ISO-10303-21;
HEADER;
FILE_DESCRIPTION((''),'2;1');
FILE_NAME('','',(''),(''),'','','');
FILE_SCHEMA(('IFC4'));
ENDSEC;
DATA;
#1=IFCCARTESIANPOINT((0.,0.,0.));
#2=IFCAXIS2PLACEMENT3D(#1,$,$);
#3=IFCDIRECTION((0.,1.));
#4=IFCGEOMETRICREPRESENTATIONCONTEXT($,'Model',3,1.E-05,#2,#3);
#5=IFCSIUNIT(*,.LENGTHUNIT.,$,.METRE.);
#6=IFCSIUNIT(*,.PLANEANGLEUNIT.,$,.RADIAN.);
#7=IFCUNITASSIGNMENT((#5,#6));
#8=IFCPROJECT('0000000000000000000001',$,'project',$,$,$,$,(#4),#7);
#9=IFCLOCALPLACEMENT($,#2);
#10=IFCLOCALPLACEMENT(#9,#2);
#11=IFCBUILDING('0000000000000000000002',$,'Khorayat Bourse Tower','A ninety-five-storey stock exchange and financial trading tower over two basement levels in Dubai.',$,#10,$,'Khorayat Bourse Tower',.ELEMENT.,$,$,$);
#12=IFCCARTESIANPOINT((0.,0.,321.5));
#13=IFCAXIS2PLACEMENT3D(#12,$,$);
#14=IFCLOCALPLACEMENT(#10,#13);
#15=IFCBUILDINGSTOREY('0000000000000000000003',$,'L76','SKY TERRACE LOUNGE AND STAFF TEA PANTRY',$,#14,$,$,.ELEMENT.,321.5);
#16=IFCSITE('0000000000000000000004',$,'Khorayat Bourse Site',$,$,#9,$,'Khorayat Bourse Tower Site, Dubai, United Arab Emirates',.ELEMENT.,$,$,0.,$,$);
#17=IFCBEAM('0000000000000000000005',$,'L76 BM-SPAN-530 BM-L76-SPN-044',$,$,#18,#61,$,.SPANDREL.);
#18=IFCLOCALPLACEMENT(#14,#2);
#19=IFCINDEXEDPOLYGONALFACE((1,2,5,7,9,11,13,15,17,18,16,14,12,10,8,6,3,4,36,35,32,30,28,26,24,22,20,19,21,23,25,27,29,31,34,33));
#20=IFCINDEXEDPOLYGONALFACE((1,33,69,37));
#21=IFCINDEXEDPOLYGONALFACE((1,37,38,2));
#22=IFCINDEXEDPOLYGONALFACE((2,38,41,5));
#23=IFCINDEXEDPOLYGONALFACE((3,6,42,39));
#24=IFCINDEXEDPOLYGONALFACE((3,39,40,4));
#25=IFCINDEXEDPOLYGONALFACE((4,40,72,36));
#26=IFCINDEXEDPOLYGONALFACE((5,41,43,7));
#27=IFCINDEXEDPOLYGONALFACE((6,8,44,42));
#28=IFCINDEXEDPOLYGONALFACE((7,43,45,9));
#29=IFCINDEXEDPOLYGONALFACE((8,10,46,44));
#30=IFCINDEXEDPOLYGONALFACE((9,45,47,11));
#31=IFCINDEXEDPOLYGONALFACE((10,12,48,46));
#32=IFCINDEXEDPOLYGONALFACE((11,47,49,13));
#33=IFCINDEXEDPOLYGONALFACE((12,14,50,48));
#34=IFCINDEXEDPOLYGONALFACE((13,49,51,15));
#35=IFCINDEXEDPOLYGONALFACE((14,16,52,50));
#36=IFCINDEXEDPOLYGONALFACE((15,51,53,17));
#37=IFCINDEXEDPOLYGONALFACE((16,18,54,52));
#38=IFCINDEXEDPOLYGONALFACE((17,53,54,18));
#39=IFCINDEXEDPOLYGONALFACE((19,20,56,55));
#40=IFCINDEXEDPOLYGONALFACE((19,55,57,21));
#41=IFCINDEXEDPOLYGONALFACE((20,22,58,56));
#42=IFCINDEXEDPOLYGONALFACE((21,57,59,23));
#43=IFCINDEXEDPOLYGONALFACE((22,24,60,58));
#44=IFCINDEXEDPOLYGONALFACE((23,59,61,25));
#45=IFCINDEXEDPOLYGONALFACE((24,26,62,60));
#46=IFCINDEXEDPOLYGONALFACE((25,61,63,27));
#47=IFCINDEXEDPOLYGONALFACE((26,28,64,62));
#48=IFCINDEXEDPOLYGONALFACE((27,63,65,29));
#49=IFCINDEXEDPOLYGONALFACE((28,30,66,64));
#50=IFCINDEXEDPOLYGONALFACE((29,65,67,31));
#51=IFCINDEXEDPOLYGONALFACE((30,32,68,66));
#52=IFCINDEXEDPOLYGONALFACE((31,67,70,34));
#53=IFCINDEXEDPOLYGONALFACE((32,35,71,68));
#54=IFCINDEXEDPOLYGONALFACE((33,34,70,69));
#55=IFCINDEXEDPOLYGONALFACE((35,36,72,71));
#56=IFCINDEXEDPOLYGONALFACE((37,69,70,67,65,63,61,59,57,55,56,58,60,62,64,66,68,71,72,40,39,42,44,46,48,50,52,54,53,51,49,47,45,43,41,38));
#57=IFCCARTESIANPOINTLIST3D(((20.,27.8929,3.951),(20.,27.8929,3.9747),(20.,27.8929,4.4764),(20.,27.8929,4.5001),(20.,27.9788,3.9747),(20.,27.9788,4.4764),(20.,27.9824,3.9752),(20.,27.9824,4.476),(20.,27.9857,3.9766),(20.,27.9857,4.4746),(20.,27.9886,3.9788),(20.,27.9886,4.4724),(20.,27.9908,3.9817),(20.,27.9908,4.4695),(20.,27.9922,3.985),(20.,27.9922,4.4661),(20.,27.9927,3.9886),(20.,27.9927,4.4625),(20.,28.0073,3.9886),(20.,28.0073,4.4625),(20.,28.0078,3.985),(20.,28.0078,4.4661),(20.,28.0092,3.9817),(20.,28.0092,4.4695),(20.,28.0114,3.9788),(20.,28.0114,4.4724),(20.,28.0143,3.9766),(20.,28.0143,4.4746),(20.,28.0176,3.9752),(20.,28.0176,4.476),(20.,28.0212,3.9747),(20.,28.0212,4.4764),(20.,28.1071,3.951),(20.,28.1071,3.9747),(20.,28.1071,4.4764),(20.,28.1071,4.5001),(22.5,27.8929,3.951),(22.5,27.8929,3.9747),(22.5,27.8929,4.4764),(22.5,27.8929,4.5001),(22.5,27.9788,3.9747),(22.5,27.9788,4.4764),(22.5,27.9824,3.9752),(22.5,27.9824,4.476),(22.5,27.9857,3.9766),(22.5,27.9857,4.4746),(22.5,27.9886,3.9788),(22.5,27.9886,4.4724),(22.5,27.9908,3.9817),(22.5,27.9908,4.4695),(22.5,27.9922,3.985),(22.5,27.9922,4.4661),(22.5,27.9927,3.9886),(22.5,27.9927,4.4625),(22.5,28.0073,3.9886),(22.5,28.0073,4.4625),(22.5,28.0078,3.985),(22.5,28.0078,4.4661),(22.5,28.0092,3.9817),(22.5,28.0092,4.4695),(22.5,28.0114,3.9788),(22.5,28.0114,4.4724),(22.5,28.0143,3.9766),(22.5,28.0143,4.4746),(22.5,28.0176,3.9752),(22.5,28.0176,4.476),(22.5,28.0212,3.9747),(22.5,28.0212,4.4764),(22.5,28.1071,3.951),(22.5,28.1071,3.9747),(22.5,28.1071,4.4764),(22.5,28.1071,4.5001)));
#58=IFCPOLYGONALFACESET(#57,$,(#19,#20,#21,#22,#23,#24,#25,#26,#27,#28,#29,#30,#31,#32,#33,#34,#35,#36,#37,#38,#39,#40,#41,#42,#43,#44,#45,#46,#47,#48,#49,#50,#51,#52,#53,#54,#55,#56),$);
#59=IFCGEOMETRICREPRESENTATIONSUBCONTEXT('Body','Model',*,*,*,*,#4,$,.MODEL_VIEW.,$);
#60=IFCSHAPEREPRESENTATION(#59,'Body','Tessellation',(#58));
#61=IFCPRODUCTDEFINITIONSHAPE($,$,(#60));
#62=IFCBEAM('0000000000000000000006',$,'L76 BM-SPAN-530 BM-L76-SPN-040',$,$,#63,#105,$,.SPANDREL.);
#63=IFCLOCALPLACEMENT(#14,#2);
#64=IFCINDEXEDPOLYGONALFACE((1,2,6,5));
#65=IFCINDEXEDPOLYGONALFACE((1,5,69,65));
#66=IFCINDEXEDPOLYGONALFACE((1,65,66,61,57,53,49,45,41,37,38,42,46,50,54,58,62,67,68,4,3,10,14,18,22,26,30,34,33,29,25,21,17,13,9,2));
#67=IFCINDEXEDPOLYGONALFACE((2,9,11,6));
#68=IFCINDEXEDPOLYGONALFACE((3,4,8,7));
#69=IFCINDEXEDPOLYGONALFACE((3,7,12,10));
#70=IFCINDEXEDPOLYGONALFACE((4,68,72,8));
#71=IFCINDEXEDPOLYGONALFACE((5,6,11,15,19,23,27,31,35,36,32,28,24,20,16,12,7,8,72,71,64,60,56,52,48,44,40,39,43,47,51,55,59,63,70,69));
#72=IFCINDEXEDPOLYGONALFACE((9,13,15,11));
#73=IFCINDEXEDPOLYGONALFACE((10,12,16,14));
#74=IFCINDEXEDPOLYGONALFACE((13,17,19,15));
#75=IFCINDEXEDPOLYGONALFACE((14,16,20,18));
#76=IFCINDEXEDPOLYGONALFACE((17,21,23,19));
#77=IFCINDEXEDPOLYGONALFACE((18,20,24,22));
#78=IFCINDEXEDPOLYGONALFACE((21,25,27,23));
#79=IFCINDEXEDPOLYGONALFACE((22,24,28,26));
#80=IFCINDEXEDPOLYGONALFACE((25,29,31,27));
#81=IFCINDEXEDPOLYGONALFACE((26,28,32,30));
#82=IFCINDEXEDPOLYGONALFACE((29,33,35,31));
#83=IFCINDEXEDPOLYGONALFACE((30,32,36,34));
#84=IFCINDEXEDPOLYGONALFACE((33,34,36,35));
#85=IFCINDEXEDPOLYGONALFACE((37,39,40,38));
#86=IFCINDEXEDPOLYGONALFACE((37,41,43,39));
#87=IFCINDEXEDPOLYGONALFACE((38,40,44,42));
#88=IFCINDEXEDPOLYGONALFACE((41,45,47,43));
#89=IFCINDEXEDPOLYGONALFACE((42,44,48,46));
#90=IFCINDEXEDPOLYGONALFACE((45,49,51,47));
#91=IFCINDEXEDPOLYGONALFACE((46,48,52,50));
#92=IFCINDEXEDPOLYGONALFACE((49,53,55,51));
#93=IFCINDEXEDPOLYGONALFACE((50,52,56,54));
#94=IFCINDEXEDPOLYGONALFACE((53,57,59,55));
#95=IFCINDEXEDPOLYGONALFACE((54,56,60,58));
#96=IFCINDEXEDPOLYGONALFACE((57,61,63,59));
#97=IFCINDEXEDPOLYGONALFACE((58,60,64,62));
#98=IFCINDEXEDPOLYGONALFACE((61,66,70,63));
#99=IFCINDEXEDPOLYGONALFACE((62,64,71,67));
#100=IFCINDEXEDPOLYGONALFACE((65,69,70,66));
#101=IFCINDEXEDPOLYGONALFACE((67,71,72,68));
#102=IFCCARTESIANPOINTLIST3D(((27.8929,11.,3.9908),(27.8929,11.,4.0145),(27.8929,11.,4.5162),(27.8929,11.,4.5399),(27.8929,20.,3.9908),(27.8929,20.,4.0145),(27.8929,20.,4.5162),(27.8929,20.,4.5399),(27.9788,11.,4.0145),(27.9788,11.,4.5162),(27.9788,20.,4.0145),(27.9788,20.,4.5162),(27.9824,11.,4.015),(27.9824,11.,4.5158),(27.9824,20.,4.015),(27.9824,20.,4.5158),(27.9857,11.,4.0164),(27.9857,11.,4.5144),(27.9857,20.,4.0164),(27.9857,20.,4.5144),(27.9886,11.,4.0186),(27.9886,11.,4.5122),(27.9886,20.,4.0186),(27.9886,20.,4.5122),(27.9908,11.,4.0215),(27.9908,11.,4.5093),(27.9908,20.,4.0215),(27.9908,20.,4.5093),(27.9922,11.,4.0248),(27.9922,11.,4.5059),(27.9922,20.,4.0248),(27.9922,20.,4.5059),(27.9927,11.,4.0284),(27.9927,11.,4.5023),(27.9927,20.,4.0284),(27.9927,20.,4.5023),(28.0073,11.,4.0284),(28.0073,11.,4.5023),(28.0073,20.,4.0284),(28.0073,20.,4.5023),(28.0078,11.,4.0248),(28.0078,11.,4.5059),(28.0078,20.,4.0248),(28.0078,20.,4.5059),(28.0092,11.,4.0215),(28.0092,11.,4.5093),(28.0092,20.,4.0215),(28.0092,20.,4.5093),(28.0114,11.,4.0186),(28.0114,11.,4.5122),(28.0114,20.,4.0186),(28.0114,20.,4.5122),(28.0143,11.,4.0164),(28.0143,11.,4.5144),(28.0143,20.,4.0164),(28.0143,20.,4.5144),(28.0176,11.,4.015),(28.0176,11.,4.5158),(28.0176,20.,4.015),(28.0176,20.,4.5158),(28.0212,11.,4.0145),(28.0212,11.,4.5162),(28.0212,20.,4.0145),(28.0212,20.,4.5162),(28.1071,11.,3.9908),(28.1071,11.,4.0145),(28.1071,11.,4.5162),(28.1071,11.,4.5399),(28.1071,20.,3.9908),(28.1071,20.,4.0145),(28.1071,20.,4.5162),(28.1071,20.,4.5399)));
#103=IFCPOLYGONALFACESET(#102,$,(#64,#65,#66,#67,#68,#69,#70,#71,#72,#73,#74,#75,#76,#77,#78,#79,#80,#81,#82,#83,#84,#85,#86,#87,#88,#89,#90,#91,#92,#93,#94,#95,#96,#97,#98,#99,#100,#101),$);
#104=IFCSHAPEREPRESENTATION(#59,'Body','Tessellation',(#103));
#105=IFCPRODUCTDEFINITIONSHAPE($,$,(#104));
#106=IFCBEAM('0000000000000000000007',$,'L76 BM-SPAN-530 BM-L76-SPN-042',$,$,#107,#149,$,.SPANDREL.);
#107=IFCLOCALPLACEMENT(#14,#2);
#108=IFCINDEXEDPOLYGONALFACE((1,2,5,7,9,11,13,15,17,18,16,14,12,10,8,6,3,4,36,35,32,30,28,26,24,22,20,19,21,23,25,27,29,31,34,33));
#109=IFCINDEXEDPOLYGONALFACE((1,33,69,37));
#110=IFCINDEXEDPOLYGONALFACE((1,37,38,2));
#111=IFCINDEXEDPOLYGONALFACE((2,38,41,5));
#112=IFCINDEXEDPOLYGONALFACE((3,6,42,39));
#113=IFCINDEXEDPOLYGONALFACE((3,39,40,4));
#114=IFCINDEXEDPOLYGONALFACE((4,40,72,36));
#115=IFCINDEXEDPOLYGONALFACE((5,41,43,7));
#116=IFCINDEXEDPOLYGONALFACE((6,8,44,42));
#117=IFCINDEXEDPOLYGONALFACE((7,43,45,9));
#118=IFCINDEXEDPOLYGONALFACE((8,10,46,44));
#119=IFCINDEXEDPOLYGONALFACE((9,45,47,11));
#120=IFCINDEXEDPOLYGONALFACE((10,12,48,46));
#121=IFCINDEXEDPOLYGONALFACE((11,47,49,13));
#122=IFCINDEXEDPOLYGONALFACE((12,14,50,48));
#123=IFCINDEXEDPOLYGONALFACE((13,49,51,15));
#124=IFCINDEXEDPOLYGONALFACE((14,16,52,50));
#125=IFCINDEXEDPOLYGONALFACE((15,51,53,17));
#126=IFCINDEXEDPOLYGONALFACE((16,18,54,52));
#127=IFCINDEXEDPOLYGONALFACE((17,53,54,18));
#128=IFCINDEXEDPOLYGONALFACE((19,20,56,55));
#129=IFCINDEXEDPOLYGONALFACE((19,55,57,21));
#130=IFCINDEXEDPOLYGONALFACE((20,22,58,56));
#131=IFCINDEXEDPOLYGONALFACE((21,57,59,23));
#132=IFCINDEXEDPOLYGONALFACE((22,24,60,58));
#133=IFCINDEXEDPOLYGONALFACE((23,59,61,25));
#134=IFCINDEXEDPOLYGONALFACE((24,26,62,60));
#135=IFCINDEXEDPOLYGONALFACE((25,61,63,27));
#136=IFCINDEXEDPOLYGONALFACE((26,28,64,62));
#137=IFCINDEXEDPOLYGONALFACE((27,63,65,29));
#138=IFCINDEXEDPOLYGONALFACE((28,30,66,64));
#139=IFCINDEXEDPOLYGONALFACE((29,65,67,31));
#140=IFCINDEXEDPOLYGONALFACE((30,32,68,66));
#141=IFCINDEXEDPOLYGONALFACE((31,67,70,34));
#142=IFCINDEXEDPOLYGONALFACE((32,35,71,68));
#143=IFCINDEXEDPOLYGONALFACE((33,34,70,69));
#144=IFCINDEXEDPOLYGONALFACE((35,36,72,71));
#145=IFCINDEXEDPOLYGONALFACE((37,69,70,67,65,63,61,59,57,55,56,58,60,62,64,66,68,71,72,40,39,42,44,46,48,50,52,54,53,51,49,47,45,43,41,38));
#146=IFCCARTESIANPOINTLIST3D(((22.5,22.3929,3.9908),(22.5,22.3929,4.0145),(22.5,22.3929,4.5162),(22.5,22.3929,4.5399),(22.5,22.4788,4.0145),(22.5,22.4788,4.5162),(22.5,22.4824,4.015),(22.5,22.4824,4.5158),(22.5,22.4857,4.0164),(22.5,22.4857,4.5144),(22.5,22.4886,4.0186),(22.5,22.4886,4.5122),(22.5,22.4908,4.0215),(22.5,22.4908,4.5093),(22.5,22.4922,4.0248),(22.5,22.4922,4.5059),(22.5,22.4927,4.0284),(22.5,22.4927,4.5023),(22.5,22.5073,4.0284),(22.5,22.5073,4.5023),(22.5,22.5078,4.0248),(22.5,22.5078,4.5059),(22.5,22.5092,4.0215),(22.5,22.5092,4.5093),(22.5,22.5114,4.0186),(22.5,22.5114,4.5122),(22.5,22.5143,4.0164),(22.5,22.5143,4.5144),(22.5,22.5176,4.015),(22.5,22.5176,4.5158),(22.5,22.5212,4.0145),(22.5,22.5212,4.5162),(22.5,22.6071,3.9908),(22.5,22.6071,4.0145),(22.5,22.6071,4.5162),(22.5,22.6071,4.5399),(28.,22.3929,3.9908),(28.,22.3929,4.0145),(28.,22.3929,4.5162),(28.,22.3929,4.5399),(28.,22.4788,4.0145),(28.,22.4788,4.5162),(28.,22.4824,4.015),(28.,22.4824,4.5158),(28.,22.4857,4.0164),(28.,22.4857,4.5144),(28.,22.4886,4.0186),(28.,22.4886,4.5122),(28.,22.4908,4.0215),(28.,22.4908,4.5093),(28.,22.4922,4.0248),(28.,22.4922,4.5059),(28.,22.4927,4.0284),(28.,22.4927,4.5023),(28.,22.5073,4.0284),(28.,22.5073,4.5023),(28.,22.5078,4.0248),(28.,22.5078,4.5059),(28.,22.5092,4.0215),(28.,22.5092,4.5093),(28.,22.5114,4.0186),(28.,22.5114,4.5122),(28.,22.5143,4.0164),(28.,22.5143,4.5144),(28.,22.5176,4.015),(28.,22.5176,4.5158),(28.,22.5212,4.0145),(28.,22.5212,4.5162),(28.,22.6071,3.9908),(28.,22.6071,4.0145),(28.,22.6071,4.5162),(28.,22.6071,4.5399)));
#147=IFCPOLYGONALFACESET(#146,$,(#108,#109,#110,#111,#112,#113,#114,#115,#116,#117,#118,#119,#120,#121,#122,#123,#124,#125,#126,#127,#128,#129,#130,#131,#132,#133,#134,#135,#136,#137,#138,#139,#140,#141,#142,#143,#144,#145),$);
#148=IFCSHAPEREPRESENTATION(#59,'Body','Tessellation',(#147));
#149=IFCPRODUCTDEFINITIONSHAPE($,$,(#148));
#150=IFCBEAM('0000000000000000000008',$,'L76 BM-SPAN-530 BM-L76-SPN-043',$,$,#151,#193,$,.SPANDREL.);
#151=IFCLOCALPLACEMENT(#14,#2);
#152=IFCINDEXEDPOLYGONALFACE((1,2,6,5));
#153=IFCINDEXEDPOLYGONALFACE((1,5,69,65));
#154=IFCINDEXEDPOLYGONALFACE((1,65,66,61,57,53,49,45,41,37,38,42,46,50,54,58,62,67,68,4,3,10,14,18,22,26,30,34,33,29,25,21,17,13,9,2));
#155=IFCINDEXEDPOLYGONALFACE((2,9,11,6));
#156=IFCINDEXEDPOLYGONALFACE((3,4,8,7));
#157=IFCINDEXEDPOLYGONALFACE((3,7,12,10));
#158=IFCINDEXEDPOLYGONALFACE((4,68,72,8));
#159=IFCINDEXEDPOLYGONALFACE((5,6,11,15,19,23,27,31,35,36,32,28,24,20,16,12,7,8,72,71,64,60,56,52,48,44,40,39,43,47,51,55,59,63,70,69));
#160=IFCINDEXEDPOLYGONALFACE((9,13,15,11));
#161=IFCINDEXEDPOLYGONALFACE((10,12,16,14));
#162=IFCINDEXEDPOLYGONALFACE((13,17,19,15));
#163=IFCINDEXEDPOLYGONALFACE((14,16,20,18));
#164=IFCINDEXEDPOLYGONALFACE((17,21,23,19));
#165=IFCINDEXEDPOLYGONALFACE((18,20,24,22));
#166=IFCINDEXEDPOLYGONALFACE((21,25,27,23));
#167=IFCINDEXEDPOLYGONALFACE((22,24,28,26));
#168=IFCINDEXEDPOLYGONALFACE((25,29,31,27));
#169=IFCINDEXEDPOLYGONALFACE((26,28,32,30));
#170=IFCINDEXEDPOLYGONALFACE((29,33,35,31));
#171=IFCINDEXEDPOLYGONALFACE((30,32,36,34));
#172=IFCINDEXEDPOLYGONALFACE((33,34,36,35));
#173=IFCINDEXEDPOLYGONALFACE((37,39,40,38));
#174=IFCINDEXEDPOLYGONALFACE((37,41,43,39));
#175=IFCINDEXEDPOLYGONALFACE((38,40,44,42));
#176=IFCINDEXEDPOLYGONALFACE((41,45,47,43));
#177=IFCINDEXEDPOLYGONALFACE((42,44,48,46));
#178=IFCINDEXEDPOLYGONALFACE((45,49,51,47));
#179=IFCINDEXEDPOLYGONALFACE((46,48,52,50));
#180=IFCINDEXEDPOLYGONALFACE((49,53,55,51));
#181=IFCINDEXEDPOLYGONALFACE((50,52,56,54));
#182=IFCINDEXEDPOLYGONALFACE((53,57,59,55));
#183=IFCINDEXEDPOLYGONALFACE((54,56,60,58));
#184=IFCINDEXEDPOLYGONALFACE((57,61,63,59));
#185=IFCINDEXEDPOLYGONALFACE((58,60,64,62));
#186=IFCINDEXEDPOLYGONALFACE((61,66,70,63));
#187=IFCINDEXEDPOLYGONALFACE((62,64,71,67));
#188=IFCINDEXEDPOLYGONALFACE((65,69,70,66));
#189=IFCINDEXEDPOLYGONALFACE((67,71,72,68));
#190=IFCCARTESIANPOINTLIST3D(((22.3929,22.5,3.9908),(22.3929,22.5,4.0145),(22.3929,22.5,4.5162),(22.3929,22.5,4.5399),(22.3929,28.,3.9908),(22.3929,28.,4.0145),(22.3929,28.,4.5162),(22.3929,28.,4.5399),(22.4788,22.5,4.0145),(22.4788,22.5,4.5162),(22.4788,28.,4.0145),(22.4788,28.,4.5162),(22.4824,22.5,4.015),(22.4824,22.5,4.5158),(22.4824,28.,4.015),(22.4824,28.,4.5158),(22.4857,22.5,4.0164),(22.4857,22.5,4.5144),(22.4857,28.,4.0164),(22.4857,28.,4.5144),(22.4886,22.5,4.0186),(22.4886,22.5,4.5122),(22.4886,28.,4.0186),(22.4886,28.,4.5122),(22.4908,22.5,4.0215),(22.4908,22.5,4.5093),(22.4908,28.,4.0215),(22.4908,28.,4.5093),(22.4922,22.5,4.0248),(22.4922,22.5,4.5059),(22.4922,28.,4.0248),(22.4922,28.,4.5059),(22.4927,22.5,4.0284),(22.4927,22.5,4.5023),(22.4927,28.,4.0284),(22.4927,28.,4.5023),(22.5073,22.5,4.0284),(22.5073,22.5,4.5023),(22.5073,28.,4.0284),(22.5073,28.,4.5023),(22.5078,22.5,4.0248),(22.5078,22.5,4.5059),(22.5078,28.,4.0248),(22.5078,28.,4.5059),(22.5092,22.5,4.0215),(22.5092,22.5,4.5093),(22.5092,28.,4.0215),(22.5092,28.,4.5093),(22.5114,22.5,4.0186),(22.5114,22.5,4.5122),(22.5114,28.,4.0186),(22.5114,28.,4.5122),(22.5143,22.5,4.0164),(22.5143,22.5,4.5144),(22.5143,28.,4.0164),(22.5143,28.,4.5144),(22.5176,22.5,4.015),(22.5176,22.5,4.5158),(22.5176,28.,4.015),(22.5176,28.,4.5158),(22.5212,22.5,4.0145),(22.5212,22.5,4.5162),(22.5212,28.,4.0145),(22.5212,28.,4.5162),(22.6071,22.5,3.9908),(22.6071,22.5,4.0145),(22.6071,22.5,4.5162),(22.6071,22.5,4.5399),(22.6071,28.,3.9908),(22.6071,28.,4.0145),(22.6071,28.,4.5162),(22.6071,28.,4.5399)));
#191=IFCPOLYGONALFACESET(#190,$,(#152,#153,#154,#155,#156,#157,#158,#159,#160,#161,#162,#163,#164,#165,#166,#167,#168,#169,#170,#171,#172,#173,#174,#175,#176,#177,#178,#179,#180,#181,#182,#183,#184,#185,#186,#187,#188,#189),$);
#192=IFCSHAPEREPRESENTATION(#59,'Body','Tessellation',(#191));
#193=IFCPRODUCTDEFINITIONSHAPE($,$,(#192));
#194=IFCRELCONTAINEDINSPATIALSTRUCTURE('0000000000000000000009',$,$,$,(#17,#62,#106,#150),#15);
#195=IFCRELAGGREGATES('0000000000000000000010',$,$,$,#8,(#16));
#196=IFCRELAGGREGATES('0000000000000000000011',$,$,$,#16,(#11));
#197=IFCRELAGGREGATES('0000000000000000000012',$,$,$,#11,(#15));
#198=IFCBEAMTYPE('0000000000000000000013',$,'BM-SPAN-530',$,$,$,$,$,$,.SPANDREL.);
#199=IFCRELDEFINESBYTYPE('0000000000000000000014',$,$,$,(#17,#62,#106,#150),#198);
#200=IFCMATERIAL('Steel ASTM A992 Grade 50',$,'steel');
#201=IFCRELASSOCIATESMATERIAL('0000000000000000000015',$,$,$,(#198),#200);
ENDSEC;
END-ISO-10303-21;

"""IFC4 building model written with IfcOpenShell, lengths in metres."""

from ifc_helpers import new_model, si_unit, direction, frame, origin, origin_2d, place, context, subcontext, project, spatial, i_section, extrude, source, transform, mapped, material, material_profile, profile_set, type_object, element, save


model = new_model("IFC4")

# Units and contexts
model_context = context("Model", 3, precision=1e-05, world=origin(), true_north=direction((0.0, 1.0)))
body_context = subcontext(model_context, "Body", "Model", "MODEL_VIEW")
ifc_project = project(units=[si_unit("LENGTHUNIT", "METRE"), si_unit("PLANEANGLEUNIT", "RADIAN")], contexts=[model_context])

# Site, building, storey
site_placement = place(None, origin())
site = spatial("IfcSite", under=ifc_project, at=site_placement, Name="Khorayat Bourse Site", LongName="Khorayat Bourse Tower Site, Dubai, United Arab Emirates", CompositionType="ELEMENT", RefElevation=0.0)
building_placement = place(site_placement, origin())
building = spatial("IfcBuilding", under=site, at=building_placement, Name="Khorayat Bourse Tower", Description="A ninety-five-storey stock exchange and financial trading tower over two basement levels in Dubai.", LongName="Khorayat Bourse Tower", CompositionType="ELEMENT")
storey_placement = place(building_placement, frame((0.0, 0.0, 321.5)))
storey = spatial("IfcBuildingStorey", under=building, at=storey_placement, Name="L76", Description="SKY TERRACE LOUNGE AND STAFF TEA PANTRY", CompositionType="ELEMENT", Elevation=321.5)

# Beams
ifc_material_1 = material(Name="Steel ASTM A992 Grade 50", Category="steel")
ifc_material_profile_1 = material_profile(ifc_material_1, i_section(OverallWidth=0.2141, OverallDepth=0.5491, WebThickness=0.0146, FlangeThickness=0.0237, FilletRadius=0.0139, at=origin_2d()), Name="W530X138")
ifc_profile_set_1 = profile_set([ifc_material_profile_1], Name="Steel ASTM A992 Grade 50")
beam_type_1 = type_object("IfcBeamType", Name="BM-SPAN-530", PredefinedType="SPANDREL", material=ifc_profile_set_1)
shared_shape_1 = source(origin(), body_context, "Body", "SweptSolid", [
    extrude(i_section(OverallWidth=0.2141, OverallDepth=0.5491, WebThickness=0.0146, FlangeThickness=0.0237, FilletRadius=0.0139, at=origin_2d()), origin(), (0.0, 0.0, 1.0), 2.5),
])
for number, where, z_axis, x_axis, name in (
    (1, (20.0, 28.0, 4.2256), (1.0, 0.0, 0.0), (0.0, 1.0, 0.0), "L76 BM-SPAN-530 BM-L76-SPN-044"),
):
    element("IfcBeam", number, at=place(storey_placement, frame(where, z_axis=z_axis, x_axis=x_axis)), inside=storey, type_object=beam_type_1, Name=name, PredefinedType="SPANDREL", context=body_context, shape_type="MappedRepresentation", body=[
        mapped(shared_shape_1, transform((0.0, 0.0, 0.0), scale=1.0)),
    ])
shared_shape_2 = source(origin(), body_context, "Body", "SweptSolid", [
    extrude(i_section(OverallWidth=0.2141, OverallDepth=0.5491, WebThickness=0.0146, FlangeThickness=0.0237, FilletRadius=0.0139, at=origin_2d()), origin(), (0.0, 0.0, 1.0), 9.0),
])
beam_1_placement = place(storey_placement, frame((28.0, 11.0, 4.2654), z_axis=(0.0, 1.0, 0.0), x_axis=(-1.0, 0.0, 0.0)))
element("IfcBeam", 2, at=beam_1_placement, inside=storey, type_object=beam_type_1, Name="L76 BM-SPAN-530 BM-L76-SPN-040", PredefinedType="SPANDREL", context=body_context, shape_type="MappedRepresentation", body=[
    mapped(shared_shape_2, transform((0.0, 0.0, 0.0), scale=1.0)),
])
shared_shape_3 = source(origin(), body_context, "Body", "SweptSolid", [
    extrude(i_section(OverallWidth=0.2141, OverallDepth=0.5491, WebThickness=0.0146, FlangeThickness=0.0237, FilletRadius=0.0139, at=origin_2d()), origin(), (0.0, 0.0, 1.0), 5.5),
])
for number, where, z_axis, x_axis, name in (
    (3, (22.5, 22.5, 4.2654), (1.0, 0.0, 0.0), (0.0, 1.0, 0.0), "L76 BM-SPAN-530 BM-L76-SPN-042"),
    (4, (22.5, 22.5, 4.2654), (0.0, 1.0, 0.0), (-1.0, 0.0, 0.0), "L76 BM-SPAN-530 BM-L76-SPN-043"),
):
    element("IfcBeam", number, at=place(storey_placement, frame(where, z_axis=z_axis, x_axis=x_axis)), inside=storey, type_object=beam_type_1, Name=name, PredefinedType="SPANDREL", context=body_context, shape_type="MappedRepresentation", body=[
        mapped(shared_shape_3, transform((0.0, 0.0, 0.0), scale=1.0)),
    ])

save(model, "model.ifc")
